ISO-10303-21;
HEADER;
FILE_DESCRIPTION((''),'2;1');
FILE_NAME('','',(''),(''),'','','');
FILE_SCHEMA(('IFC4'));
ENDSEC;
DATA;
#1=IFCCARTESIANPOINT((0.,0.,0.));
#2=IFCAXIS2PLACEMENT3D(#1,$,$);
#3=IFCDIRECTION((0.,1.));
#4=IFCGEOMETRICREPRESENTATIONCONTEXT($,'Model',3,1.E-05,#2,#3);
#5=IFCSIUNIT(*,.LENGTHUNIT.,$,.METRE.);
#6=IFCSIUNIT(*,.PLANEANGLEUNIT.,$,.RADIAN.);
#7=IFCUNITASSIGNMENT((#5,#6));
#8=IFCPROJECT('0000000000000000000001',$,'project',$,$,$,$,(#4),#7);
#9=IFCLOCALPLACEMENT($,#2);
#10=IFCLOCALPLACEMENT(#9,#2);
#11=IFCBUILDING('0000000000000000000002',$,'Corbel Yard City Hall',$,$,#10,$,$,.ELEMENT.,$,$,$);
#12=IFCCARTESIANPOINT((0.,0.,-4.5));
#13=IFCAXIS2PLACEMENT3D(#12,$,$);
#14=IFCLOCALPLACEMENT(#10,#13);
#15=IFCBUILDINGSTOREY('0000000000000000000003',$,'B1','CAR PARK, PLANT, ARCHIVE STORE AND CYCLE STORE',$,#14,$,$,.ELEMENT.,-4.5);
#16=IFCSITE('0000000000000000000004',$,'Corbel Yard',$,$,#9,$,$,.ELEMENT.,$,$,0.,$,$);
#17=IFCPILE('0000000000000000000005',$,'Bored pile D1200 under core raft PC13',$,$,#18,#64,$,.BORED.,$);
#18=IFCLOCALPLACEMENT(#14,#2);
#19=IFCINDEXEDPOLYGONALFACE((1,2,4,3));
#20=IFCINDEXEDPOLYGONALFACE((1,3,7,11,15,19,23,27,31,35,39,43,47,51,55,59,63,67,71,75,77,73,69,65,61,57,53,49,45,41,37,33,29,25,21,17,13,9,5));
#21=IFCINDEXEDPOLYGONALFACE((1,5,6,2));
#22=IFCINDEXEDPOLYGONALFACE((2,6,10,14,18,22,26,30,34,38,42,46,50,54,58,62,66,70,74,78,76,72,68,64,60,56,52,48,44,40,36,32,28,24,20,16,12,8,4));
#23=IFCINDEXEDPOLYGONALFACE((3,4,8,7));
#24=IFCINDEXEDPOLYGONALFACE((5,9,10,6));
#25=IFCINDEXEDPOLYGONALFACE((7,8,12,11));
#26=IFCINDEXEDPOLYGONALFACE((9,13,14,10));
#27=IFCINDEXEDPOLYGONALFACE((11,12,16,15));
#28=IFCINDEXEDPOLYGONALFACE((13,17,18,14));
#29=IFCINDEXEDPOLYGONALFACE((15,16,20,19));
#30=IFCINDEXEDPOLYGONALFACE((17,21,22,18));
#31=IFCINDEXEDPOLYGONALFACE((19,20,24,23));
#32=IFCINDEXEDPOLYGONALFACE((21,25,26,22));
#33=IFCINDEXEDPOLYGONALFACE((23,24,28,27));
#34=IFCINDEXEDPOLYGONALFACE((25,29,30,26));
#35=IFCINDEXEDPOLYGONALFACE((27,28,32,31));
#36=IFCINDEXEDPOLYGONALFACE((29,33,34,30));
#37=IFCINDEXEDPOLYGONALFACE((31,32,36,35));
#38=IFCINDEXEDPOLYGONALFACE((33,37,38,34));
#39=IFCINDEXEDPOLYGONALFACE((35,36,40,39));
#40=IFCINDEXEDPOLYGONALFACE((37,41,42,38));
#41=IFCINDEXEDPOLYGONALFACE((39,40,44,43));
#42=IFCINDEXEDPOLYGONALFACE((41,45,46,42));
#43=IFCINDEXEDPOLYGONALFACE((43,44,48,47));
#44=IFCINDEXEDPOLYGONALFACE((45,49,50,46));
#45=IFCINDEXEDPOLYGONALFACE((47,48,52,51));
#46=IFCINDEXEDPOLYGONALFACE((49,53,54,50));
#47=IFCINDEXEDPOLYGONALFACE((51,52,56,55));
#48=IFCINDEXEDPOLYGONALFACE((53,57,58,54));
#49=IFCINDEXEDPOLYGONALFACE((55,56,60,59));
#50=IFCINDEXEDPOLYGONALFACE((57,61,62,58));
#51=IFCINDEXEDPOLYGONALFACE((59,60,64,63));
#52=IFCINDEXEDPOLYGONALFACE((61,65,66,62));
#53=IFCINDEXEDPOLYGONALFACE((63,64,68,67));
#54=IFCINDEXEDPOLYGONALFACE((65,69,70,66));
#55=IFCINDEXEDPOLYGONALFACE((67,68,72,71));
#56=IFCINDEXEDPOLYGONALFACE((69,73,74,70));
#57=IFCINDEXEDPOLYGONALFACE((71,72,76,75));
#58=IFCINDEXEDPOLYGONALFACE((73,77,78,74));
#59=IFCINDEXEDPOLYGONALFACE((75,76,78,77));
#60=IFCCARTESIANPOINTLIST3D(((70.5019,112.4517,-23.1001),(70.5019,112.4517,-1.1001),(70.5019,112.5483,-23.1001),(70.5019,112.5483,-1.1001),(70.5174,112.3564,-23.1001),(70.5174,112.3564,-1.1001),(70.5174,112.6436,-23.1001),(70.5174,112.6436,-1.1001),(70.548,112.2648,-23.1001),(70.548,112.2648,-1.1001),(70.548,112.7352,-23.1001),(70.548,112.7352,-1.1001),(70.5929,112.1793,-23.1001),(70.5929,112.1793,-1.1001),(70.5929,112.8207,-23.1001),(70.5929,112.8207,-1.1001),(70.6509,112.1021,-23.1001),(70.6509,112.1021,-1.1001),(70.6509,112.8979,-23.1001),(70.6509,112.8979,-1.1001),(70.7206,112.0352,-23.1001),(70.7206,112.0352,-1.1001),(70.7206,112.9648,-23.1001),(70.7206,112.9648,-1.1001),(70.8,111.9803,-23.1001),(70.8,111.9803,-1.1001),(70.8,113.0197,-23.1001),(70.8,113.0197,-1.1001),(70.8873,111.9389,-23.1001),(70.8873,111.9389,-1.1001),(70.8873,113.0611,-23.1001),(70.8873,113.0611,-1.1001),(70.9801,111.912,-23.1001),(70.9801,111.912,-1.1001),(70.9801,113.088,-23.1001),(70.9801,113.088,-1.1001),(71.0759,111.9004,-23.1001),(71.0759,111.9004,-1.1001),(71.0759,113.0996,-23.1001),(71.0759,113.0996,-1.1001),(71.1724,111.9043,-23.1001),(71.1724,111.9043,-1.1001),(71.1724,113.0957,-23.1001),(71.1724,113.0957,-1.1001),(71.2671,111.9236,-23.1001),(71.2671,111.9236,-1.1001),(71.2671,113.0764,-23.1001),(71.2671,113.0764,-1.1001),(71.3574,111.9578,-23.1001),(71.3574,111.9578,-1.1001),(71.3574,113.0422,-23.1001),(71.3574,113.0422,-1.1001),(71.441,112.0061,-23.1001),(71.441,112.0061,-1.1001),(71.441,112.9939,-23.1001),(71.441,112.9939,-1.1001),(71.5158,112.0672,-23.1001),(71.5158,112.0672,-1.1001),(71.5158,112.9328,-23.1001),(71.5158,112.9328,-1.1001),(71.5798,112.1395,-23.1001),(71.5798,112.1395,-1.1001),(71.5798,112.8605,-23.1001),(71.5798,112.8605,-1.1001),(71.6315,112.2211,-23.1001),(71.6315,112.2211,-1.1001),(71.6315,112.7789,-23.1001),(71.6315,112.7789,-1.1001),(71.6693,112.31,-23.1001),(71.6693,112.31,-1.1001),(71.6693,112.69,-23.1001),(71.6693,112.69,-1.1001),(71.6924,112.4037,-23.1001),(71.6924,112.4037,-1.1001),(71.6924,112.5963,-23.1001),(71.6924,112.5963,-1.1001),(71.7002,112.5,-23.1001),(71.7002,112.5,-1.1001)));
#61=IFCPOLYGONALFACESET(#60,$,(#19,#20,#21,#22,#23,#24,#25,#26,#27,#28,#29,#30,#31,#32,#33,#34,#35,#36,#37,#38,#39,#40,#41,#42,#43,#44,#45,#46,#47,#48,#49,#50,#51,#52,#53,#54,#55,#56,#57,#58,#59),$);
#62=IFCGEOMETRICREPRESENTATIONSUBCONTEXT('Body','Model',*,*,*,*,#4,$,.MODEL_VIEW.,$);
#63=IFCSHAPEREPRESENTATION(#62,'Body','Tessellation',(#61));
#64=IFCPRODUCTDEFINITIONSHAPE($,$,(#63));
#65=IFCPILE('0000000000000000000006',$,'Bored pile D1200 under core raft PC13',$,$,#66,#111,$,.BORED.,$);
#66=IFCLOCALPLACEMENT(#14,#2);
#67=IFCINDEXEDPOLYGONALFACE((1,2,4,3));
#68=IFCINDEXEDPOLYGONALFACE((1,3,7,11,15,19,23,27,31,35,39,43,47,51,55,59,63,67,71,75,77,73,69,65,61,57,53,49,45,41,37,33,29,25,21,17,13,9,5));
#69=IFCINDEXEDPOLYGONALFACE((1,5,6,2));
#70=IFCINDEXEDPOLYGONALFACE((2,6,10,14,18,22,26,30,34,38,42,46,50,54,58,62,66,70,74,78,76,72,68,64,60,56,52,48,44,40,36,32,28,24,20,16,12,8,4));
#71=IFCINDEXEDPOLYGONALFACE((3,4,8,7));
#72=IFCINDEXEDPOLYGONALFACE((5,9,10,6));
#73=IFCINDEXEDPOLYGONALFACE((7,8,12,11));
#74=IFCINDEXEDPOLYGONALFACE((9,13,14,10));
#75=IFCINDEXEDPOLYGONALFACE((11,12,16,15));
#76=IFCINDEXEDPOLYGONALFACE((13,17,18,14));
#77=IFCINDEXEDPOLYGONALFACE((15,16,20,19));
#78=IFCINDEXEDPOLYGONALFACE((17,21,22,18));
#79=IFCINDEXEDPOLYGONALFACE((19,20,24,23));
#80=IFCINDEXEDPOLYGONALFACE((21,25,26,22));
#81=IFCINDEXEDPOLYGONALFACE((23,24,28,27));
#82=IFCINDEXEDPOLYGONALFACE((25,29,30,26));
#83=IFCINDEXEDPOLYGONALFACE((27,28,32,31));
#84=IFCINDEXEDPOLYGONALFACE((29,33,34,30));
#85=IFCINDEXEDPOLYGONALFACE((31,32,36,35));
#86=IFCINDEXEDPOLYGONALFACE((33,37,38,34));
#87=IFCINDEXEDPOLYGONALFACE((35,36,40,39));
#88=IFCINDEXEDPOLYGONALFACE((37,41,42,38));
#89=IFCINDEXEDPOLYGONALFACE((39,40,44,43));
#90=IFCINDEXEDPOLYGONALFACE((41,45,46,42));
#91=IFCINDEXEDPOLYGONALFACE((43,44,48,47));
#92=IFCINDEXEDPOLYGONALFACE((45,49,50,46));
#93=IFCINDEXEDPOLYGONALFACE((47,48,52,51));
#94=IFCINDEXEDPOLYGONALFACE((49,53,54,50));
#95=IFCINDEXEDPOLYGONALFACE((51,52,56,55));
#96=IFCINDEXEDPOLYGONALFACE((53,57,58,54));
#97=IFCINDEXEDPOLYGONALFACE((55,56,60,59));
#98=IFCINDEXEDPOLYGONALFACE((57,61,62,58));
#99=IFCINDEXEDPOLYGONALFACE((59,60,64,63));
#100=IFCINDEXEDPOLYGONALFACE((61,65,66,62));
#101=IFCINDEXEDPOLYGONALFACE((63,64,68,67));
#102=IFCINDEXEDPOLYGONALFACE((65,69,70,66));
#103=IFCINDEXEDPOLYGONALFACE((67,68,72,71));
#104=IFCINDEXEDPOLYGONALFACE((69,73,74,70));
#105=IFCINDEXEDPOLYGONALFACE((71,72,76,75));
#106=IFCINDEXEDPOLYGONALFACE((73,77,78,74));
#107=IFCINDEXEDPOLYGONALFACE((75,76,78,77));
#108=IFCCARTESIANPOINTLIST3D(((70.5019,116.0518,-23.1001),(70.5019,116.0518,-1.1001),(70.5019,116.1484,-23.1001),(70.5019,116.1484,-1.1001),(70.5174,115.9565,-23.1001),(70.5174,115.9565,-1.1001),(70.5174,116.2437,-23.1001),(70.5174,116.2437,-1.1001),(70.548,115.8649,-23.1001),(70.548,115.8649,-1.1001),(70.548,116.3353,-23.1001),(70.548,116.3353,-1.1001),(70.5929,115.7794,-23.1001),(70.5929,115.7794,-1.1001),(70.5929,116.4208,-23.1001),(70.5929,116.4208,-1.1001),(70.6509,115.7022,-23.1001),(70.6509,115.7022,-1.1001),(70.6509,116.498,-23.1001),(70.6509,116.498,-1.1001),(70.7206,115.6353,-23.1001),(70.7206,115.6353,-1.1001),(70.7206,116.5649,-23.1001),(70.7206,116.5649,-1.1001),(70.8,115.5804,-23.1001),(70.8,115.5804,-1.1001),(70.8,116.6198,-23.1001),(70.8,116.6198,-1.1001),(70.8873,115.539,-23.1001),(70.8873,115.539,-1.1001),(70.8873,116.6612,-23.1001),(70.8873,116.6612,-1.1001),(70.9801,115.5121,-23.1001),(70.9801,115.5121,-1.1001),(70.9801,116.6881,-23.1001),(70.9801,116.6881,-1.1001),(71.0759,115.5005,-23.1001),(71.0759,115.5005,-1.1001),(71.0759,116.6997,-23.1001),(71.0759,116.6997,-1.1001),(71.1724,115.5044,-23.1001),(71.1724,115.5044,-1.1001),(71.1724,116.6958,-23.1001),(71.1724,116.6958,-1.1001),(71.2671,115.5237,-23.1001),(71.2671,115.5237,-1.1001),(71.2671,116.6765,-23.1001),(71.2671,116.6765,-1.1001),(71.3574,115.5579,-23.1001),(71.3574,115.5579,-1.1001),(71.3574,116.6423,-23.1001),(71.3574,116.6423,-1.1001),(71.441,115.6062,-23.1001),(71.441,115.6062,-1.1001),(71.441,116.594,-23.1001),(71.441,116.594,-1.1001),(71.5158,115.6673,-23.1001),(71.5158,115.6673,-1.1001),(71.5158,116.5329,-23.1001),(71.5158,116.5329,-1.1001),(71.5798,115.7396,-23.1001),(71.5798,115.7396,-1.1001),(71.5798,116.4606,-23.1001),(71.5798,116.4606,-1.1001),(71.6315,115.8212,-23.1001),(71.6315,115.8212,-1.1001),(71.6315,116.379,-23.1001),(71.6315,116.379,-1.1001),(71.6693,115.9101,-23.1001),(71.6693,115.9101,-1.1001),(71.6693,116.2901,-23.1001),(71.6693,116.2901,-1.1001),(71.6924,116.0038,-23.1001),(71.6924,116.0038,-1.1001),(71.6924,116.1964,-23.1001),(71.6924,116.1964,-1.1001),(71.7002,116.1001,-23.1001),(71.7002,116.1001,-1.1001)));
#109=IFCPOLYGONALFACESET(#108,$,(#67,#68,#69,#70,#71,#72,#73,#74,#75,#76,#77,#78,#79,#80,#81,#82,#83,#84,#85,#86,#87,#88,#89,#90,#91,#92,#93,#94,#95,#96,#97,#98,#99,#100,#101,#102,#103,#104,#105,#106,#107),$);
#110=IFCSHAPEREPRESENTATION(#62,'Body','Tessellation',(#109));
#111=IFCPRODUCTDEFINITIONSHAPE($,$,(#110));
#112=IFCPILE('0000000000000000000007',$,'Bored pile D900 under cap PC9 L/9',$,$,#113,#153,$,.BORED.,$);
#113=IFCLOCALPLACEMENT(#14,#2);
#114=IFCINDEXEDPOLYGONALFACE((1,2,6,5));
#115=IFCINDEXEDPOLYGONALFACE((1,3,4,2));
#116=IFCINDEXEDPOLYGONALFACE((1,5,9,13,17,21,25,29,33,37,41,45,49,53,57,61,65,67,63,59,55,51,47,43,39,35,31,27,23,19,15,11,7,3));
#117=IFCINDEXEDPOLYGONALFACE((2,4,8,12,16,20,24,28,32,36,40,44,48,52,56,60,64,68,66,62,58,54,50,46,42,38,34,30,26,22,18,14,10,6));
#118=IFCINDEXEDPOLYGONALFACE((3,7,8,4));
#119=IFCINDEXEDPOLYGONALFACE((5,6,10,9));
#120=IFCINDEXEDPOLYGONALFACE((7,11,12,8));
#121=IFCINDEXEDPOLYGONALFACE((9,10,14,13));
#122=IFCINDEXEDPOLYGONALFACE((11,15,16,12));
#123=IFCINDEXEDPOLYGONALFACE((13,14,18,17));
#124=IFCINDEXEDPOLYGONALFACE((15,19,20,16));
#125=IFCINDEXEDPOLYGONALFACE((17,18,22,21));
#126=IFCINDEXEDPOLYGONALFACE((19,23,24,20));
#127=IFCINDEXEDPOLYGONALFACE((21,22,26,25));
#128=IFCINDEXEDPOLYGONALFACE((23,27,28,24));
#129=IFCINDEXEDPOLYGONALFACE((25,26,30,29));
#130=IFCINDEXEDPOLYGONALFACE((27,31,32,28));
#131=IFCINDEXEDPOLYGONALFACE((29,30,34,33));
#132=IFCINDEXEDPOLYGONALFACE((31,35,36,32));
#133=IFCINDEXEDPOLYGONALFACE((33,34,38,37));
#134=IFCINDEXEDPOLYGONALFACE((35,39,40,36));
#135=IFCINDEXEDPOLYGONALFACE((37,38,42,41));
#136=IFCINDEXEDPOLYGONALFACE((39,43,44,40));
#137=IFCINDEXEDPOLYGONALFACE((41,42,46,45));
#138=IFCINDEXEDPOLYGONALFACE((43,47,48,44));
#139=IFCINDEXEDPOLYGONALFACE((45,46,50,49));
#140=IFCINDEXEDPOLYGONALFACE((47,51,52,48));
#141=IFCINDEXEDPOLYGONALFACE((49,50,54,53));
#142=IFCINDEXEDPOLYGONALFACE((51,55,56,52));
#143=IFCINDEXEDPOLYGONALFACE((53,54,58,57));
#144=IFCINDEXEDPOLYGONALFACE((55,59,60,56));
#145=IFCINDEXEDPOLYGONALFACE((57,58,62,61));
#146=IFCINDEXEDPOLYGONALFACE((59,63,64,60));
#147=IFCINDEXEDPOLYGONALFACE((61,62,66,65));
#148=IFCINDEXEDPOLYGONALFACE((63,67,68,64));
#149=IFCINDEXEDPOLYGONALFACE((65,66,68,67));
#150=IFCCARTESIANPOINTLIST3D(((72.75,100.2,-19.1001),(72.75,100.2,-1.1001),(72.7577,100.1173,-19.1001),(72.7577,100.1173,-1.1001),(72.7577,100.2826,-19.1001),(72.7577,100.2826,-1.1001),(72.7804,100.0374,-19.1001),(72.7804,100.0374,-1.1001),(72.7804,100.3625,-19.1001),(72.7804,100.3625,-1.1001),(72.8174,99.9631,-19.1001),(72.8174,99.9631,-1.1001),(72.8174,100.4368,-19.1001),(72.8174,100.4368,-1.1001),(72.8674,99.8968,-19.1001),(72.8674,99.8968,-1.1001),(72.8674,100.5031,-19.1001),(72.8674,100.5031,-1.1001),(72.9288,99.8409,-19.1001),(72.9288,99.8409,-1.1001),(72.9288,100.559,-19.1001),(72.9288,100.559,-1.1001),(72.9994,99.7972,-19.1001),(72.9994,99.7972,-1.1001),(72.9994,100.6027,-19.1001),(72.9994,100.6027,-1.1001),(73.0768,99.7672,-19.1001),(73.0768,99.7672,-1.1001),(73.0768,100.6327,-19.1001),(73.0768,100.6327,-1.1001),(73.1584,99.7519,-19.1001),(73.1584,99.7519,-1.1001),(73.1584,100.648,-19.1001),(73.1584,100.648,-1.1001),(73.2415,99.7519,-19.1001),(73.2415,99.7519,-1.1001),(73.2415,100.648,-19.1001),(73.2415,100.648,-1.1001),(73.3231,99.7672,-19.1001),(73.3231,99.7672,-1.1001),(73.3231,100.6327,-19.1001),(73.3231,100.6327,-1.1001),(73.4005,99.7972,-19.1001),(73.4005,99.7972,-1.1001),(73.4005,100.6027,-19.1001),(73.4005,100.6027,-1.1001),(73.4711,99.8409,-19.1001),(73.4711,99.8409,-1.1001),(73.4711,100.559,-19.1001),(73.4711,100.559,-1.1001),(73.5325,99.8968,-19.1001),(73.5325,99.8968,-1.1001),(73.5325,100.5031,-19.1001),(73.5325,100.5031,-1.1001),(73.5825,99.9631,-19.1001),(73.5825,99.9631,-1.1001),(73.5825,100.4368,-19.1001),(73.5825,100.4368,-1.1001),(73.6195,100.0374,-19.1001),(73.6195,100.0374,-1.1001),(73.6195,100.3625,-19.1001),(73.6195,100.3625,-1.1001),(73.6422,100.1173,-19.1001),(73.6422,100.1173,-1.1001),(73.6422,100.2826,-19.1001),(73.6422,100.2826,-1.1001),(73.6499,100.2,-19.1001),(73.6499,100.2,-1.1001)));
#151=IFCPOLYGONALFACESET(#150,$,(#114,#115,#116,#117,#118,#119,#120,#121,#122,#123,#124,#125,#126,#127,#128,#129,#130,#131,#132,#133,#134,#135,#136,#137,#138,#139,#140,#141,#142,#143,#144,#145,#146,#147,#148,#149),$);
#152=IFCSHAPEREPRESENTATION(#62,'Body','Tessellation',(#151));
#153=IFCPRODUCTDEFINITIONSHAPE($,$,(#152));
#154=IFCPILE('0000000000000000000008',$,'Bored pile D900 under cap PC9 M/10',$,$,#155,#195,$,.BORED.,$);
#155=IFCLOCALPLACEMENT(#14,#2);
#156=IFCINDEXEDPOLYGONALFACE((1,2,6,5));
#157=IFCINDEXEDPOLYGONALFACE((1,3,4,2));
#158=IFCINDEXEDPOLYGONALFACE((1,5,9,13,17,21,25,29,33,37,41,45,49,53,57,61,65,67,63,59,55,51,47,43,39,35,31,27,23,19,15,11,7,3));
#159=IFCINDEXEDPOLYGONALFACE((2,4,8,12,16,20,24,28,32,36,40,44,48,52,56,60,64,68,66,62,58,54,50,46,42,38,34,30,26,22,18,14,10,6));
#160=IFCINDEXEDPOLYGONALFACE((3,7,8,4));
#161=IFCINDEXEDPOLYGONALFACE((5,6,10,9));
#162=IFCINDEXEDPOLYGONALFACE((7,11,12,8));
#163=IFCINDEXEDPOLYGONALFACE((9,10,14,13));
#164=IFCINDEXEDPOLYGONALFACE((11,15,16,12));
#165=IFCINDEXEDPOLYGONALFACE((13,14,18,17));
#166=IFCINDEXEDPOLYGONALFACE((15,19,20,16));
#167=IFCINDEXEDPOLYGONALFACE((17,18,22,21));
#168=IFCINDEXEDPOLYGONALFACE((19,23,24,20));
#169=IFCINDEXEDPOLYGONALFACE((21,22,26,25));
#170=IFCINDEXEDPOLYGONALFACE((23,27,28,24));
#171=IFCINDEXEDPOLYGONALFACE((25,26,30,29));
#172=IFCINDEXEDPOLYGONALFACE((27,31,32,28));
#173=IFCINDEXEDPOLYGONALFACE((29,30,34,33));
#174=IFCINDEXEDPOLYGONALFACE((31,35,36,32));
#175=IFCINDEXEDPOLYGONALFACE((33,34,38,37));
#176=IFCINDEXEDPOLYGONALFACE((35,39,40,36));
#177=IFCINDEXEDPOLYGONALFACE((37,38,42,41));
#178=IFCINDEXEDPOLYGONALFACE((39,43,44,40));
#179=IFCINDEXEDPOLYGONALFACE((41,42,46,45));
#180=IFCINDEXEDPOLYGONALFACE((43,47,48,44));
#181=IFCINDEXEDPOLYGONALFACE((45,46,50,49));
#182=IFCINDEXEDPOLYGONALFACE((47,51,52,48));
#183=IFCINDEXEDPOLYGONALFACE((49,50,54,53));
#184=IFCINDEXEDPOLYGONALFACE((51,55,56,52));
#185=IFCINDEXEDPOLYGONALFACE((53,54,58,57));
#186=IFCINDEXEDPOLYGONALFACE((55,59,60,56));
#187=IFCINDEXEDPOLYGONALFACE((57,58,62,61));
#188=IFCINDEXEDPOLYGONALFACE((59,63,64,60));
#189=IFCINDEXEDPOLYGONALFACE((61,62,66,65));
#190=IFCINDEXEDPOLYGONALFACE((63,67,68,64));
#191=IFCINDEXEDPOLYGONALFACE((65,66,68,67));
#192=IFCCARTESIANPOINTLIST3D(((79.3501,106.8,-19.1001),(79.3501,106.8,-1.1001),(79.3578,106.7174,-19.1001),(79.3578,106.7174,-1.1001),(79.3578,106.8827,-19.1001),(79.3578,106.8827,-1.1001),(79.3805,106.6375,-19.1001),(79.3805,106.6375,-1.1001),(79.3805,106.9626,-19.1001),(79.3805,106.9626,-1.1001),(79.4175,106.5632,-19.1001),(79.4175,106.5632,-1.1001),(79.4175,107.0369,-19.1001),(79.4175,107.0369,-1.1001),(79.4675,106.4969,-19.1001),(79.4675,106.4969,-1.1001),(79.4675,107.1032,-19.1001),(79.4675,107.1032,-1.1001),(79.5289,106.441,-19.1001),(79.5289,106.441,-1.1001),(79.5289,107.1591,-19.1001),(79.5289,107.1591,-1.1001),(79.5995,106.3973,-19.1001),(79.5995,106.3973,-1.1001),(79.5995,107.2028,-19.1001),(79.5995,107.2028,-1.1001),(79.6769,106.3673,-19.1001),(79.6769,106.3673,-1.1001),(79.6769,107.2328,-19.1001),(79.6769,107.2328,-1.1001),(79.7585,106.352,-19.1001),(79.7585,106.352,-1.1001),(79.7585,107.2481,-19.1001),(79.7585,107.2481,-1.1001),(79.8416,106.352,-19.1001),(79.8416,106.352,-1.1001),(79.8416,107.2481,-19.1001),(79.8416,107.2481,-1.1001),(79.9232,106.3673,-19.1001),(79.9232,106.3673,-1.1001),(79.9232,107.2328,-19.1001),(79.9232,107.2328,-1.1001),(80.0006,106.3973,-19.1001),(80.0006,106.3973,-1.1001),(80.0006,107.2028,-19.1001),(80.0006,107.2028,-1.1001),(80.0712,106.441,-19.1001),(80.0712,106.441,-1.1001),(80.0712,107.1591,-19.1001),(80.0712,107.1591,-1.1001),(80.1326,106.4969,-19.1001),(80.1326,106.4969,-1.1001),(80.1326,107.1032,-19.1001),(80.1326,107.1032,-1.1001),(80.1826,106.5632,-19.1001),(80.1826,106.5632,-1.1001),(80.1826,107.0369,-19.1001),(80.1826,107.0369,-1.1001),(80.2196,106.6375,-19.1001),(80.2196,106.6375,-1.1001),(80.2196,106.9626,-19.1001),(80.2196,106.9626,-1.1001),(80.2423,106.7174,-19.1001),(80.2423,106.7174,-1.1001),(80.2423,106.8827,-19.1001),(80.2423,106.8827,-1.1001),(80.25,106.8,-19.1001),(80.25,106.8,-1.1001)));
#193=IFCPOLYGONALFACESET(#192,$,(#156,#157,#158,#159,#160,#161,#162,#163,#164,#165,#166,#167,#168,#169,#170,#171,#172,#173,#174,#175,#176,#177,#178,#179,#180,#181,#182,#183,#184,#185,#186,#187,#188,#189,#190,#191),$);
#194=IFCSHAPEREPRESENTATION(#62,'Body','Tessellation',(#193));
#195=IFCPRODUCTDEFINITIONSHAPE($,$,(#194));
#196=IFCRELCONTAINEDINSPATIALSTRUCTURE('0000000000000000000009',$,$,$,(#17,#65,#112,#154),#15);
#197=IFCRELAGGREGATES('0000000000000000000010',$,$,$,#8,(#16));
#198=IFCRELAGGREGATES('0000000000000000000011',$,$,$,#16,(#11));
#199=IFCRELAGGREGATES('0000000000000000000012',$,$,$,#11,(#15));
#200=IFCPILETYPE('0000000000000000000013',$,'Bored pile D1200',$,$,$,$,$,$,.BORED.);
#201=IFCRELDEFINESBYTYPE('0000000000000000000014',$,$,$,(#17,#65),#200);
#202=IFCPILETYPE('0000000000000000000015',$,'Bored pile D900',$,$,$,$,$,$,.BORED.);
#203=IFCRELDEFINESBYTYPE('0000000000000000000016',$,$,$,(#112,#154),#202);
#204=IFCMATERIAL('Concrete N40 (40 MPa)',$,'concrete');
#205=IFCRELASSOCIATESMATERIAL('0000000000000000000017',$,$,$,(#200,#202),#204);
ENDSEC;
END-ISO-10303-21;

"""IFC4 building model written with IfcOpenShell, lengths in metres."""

from ifc_helpers import new_model, si_unit, direction, frame, origin, origin_2d, place, context, subcontext, project, spatial, circle, extrude, material, material_profile, profile_set, type_object, element, save


model = new_model("IFC4")

# Units and contexts
model_context = context("Model", 3, precision=1e-05, world=origin(), true_north=direction((0.0, 1.0)))
body_context = subcontext(model_context, "Body", "Model", "MODEL_VIEW")
ifc_project = project(units=[si_unit("LENGTHUNIT", "METRE"), si_unit("PLANEANGLEUNIT", "RADIAN")], contexts=[model_context])

# Site, building, storey
site_placement = place(None, origin())
site = spatial("IfcSite", under=ifc_project, at=site_placement, Name="Corbel Yard", CompositionType="ELEMENT", RefElevation=0.0)
building_placement = place(site_placement, origin())
building = spatial("IfcBuilding", under=site, at=building_placement, Name="Corbel Yard City Hall", CompositionType="ELEMENT")
storey_placement = place(building_placement, frame((0.0, 0.0, -4.5)))
storey = spatial("IfcBuildingStorey", under=building, at=storey_placement, Name="B1", Description="CAR PARK, PLANT, ARCHIVE STORE AND CYCLE STORE", CompositionType="ELEMENT", Elevation=-4.5)

# Piles
ifc_material_1 = material(Name="Concrete N40 (40 MPa)", Category="concrete")
ifc_material_profile_1 = material_profile(ifc_material_1, circle(Radius=0.6001, at=origin_2d()), Name="D1200")
ifc_profile_set_1 = profile_set([ifc_material_profile_1], Name="Concrete N40 (40 MPa)")
pile_type_1 = type_object("IfcPileType", Name="Bored pile D1200", PredefinedType="BORED", material=ifc_profile_set_1)
for number, where, z_axis, x_axis, name in (
    (1, (71.1001, 112.5, -1.1001), (0.0, 0.0, -1.0), (1.0, 0.0, 0.0), "Bored pile D1200 under core raft PC13"),
    (2, (71.1001, 116.1001, -1.1001), (0.0, 0.0, -1.0), (1.0, 0.0, 0.0), "Bored pile D1200 under core raft PC13"),
):
    element("IfcPile", number, at=place(storey_placement, frame(where, z_axis=z_axis, x_axis=x_axis)), inside=storey, type_object=pile_type_1, Name=name, PredefinedType="BORED", context=body_context, shape_type="SweptSolid", body=[
        extrude(circle(Radius=0.6001, at=origin_2d()), origin(), (0.0, 0.0, 1.0), 22.0),
    ])
ifc_material_profile_2 = material_profile(ifc_material_1, circle(Radius=0.45, at=origin_2d()), Name="D900")
ifc_profile_set_2 = profile_set([ifc_material_profile_2], Name="Concrete N40 (40 MPa)")
pile_type_2 = type_object("IfcPileType", Name="Bored pile D900", PredefinedType="BORED", material=ifc_profile_set_2)
for number, where, z_axis, x_axis, name in (
    (3, (73.2, 100.2, -1.1001), (0.0, 0.0, -1.0), (1.0, 0.0, 0.0), "Bored pile D900 under cap PC9 L/9"),
    (4, (79.8, 106.8, -1.1001), (0.0, 0.0, -1.0), (1.0, 0.0, 0.0), "Bored pile D900 under cap PC9 M/10"),
):
    element("IfcPile", number, at=place(storey_placement, frame(where, z_axis=z_axis, x_axis=x_axis)), inside=storey, type_object=pile_type_2, Name=name, PredefinedType="BORED", context=body_context, shape_type="SweptSolid", body=[
        extrude(circle(Radius=0.45, at=origin_2d()), origin(), (0.0, 0.0, 1.0), 18.0),
    ])

save(model, "model.ifc")
